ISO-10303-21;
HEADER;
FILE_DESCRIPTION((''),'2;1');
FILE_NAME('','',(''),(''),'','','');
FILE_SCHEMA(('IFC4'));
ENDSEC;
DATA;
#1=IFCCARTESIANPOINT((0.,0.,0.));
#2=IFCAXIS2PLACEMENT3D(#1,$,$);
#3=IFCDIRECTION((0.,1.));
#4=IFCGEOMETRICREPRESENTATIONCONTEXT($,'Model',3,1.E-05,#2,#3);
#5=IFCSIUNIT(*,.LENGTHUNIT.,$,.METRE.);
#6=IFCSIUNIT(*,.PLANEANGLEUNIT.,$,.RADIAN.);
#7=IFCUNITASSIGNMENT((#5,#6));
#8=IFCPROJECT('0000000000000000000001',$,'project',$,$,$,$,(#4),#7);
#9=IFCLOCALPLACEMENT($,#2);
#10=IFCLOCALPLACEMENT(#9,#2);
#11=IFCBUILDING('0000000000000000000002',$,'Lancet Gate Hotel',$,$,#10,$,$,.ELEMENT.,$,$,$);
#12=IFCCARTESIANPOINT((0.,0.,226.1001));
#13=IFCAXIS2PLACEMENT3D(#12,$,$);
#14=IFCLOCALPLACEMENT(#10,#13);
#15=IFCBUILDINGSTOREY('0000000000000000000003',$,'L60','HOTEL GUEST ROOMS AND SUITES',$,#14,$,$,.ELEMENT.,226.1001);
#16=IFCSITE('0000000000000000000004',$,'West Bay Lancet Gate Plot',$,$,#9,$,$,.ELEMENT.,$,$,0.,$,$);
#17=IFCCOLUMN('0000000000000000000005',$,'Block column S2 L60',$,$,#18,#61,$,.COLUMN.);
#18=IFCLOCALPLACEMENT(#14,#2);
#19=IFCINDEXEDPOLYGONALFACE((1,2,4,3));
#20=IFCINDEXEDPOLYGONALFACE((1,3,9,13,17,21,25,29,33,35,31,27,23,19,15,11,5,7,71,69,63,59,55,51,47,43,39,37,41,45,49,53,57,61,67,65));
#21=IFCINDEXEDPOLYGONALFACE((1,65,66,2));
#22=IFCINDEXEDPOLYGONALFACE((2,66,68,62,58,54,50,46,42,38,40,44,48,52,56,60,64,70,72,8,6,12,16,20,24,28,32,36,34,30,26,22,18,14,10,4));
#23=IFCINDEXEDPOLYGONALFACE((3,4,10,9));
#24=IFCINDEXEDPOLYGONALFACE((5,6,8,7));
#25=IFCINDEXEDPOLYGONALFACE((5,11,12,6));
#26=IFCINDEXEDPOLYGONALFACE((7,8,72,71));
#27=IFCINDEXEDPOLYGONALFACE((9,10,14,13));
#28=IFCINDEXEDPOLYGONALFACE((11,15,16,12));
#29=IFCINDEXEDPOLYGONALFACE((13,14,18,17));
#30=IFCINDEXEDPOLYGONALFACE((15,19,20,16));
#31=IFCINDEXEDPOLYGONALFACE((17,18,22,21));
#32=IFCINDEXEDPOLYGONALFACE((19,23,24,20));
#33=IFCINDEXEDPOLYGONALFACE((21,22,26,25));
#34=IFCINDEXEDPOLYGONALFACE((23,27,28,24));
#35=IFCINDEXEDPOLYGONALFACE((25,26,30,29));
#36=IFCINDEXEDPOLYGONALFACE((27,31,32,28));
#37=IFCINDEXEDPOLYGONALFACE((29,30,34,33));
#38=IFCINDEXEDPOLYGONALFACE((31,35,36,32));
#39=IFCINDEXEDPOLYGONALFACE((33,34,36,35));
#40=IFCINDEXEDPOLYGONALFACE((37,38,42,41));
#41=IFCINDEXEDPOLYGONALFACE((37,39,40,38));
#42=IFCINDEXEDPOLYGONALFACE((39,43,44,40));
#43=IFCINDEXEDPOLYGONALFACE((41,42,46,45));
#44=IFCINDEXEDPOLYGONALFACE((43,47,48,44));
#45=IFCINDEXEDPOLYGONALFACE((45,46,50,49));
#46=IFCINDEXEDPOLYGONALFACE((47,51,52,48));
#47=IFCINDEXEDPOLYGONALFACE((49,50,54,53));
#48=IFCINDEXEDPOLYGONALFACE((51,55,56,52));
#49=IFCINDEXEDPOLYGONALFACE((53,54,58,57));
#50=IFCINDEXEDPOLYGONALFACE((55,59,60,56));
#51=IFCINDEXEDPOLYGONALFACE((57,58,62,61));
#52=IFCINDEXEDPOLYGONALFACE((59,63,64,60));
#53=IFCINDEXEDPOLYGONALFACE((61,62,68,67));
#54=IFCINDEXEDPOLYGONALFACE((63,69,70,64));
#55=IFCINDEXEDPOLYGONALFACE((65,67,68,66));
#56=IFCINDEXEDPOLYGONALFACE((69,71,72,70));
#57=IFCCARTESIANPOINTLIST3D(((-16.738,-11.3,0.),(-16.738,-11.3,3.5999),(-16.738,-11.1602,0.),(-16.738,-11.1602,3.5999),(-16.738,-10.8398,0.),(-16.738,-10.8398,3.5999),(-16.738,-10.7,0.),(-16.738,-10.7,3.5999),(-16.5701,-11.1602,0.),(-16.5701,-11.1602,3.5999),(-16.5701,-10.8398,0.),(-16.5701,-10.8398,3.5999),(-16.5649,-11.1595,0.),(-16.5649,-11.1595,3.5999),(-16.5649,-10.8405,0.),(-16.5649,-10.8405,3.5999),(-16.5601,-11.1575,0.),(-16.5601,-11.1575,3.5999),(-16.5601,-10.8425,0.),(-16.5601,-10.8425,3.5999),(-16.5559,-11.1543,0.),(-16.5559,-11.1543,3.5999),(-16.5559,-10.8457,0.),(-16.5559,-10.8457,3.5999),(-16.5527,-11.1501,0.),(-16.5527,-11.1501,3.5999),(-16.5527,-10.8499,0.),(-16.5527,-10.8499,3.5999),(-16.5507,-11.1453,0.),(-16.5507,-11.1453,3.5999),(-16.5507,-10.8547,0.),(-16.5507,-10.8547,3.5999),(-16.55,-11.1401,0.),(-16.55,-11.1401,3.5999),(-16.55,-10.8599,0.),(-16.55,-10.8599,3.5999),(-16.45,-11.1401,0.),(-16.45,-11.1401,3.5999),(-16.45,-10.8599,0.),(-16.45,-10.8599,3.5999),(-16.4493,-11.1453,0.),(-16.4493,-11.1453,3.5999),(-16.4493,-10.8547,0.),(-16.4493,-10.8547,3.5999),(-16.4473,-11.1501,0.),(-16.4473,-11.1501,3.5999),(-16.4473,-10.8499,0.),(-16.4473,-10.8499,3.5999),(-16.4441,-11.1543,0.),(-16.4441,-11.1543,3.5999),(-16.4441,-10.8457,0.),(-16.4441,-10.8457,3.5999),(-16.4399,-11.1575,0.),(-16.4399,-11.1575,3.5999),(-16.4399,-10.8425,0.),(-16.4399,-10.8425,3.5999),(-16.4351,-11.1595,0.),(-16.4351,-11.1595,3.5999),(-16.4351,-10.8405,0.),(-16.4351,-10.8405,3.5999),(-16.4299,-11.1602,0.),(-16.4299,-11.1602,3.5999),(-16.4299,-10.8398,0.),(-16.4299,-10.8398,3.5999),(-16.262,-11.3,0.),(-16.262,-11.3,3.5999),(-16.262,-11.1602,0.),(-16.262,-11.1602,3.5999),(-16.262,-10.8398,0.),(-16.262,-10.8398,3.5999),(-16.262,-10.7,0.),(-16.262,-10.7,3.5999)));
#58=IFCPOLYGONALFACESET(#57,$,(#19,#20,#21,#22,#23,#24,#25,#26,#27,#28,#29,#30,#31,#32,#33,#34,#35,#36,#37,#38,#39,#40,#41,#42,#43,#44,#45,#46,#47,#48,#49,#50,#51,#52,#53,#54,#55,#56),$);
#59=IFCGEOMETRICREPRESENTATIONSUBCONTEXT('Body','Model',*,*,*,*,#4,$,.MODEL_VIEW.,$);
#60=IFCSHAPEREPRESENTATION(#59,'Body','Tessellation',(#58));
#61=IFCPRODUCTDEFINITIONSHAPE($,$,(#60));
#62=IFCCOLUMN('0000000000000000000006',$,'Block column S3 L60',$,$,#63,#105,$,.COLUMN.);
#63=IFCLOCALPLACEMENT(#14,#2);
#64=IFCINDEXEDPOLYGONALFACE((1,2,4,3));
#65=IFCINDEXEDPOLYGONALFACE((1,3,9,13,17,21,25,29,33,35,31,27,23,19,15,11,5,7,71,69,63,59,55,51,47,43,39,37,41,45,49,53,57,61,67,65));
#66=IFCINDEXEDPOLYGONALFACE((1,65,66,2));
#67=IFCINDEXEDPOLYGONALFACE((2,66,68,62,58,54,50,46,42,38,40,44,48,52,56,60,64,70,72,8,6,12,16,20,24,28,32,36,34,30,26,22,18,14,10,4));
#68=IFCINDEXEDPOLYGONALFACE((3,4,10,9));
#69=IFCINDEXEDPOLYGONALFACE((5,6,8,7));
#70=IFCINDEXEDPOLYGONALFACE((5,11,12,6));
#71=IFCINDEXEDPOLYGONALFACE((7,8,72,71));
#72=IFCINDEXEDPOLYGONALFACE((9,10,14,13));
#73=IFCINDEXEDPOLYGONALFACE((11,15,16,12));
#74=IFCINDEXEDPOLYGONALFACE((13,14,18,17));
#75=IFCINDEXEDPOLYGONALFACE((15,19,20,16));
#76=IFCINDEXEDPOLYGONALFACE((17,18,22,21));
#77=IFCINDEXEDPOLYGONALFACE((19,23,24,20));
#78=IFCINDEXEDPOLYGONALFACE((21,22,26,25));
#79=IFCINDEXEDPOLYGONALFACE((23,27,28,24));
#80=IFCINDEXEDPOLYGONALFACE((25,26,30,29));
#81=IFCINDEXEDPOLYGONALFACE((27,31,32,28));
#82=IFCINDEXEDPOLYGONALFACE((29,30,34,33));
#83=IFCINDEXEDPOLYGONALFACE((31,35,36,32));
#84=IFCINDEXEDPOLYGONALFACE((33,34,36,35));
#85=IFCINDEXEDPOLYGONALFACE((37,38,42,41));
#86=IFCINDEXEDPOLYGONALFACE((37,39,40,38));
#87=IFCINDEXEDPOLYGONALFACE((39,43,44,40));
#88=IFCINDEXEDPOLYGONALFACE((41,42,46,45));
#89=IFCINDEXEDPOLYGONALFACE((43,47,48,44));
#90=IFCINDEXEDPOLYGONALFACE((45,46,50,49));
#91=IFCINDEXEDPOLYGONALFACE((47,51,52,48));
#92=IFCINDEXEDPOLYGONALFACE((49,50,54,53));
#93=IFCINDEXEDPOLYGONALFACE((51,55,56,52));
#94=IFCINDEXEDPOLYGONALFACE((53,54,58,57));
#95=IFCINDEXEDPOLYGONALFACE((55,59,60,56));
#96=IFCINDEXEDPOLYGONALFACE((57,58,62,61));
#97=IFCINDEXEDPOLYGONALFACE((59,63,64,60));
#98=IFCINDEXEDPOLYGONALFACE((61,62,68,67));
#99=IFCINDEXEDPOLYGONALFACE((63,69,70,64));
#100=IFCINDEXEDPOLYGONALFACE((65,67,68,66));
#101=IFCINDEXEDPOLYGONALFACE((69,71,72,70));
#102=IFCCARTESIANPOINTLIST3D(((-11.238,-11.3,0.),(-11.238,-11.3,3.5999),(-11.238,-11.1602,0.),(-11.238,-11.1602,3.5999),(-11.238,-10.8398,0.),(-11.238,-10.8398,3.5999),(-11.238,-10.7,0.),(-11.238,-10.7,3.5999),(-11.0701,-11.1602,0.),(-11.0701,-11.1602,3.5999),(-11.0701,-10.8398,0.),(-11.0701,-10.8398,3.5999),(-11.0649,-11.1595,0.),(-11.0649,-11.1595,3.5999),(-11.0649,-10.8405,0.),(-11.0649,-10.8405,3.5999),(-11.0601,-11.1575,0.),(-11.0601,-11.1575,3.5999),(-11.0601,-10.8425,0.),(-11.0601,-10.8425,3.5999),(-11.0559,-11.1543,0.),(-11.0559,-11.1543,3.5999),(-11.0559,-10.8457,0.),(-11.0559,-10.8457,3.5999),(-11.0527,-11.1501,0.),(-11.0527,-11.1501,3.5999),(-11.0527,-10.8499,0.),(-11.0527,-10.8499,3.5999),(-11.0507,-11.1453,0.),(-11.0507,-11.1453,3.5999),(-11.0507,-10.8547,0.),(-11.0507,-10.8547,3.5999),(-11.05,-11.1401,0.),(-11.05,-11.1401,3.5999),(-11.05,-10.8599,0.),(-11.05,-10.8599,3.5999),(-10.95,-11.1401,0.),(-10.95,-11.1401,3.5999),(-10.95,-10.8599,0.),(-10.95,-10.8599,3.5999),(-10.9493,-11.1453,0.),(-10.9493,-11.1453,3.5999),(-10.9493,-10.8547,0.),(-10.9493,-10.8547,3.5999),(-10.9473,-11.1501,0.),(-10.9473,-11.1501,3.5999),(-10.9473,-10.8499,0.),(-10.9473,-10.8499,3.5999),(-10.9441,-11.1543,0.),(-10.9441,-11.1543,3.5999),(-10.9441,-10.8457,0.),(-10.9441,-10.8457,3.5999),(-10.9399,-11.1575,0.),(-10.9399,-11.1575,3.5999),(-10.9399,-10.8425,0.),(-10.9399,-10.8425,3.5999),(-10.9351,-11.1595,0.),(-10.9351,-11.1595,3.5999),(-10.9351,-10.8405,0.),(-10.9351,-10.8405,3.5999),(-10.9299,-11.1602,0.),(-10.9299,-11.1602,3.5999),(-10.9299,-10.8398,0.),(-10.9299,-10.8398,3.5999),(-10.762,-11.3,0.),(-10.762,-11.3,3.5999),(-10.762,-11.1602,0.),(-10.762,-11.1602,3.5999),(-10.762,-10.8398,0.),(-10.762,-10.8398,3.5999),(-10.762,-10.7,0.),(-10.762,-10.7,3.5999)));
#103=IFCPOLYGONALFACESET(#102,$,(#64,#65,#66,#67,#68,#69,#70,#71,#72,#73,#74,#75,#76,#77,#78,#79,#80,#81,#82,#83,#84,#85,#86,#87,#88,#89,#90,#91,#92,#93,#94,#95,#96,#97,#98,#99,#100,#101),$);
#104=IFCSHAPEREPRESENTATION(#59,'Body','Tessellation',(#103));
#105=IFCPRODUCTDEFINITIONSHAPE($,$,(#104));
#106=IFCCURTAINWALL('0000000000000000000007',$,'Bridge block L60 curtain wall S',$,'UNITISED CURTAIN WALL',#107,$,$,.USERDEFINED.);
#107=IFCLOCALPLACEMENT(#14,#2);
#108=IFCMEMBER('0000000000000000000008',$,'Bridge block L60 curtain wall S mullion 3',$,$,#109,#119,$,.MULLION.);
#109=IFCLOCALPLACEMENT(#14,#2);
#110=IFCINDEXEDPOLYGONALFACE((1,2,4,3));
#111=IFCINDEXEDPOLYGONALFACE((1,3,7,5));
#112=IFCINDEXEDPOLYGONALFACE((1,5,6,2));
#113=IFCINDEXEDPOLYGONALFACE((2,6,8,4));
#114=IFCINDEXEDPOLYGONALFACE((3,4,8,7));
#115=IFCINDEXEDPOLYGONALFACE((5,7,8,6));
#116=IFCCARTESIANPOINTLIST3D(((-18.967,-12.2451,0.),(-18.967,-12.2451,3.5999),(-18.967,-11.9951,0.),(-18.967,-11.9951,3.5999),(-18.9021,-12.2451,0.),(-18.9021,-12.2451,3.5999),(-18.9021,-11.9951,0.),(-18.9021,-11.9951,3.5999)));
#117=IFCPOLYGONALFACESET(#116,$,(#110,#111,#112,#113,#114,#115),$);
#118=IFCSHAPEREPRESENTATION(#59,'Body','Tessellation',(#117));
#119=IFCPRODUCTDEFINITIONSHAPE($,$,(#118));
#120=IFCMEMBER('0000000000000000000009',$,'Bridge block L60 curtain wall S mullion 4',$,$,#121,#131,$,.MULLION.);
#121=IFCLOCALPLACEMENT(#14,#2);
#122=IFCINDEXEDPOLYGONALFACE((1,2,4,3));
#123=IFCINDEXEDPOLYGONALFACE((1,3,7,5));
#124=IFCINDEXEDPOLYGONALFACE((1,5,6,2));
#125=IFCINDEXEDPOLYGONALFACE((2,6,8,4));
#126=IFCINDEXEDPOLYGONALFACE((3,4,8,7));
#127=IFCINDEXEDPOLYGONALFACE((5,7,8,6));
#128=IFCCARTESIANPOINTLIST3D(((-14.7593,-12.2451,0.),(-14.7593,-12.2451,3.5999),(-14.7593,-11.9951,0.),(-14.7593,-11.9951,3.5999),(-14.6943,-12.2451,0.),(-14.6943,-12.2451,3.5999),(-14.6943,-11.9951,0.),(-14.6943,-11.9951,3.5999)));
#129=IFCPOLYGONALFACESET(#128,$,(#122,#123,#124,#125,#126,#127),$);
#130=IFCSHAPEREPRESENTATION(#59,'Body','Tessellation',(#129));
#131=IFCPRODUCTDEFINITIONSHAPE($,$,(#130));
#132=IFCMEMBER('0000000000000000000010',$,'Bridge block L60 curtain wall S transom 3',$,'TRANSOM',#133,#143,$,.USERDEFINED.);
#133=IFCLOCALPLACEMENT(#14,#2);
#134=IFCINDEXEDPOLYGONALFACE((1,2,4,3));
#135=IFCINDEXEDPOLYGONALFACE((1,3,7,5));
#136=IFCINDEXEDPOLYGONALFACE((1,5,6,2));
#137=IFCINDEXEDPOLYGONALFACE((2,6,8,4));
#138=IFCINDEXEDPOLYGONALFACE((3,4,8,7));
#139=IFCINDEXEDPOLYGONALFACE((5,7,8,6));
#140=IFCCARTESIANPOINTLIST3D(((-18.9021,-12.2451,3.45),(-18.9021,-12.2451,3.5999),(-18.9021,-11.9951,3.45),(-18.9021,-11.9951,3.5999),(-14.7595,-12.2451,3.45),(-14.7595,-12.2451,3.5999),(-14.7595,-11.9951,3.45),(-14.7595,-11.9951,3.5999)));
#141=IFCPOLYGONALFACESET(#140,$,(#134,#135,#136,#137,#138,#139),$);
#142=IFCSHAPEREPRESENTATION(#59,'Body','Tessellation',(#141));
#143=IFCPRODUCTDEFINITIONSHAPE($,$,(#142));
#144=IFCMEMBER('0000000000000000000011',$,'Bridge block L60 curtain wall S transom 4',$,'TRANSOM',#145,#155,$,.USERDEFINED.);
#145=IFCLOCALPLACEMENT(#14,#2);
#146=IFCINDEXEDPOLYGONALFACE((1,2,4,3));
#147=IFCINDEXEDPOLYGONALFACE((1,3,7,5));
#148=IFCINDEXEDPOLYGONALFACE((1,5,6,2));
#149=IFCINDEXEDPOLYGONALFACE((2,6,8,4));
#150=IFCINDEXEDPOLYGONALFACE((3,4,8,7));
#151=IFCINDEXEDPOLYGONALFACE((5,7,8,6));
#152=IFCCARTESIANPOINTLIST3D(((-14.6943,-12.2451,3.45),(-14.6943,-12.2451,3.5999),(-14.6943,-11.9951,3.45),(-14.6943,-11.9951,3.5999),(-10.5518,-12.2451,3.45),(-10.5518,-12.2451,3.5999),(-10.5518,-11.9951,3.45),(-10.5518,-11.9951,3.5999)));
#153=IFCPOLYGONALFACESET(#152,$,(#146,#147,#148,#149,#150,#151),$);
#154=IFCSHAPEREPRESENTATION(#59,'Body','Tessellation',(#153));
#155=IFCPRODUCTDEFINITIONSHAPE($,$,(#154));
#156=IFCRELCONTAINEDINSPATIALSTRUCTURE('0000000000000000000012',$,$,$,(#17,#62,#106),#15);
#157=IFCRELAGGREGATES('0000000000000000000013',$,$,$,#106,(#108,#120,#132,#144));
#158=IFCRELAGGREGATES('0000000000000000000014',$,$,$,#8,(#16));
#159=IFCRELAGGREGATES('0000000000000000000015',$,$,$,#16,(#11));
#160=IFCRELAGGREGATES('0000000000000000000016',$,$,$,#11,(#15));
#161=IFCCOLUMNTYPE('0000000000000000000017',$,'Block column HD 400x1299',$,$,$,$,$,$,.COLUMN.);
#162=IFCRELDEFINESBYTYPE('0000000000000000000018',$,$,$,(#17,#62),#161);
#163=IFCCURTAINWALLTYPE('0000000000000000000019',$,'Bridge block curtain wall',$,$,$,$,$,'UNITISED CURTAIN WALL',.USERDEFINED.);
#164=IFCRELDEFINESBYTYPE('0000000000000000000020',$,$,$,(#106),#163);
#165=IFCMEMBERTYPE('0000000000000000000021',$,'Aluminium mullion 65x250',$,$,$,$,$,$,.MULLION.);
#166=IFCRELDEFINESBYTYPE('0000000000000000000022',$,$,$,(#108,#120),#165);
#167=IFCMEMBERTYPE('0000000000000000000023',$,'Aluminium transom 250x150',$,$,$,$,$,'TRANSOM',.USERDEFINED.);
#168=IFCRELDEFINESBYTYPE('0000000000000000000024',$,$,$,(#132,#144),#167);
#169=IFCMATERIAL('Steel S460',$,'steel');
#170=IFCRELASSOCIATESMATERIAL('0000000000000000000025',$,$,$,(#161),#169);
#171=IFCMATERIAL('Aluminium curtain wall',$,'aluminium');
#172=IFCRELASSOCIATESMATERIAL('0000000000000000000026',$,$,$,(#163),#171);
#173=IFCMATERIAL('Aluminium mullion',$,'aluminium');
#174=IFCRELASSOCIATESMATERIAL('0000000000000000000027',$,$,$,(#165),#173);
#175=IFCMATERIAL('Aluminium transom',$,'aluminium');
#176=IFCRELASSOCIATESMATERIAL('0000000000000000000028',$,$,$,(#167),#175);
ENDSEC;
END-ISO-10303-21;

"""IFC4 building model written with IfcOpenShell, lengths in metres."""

from ifc_helpers import new_model, si_unit, direction, frame, origin, origin_2d, place, context, subcontext, project, spatial, rectangle, i_section, extrude, material, material_profile, profile_set, type_object, element, aggregate, save


model = new_model("IFC4")

# Units and contexts
model_context = context("Model", 3, precision=1e-05, world=origin(), true_north=direction((0.0, 1.0)))
body_context = subcontext(model_context, "Body", "Model", "MODEL_VIEW")
ifc_project = project(units=[si_unit("LENGTHUNIT", "METRE"), si_unit("PLANEANGLEUNIT", "RADIAN")], contexts=[model_context])

# Site, building, storey
site_placement = place(None, origin())
site = spatial("IfcSite", under=ifc_project, at=site_placement, Name="West Bay Lancet Gate Plot", CompositionType="ELEMENT", RefElevation=0.0)
building_placement = place(site_placement, origin())
building = spatial("IfcBuilding", under=site, at=building_placement, Name="Lancet Gate Hotel", CompositionType="ELEMENT")
storey_placement = place(building_placement, frame((0.0, 0.0, 226.1001)))
storey = spatial("IfcBuildingStorey", under=building, at=storey_placement, Name="L60", Description="HOTEL GUEST ROOMS AND SUITES", CompositionType="ELEMENT", Elevation=226.1001)

# Columns
ifc_material_1 = material(Name="Steel S460", Category="steel")
ifc_material_profile_1 = material_profile(ifc_material_1, i_section(OverallWidth=0.4761, OverallDepth=0.6001, WebThickness=0.1001, FlangeThickness=0.1399, FilletRadius=0.02, at=origin_2d()), Name="HD 400x1299")
ifc_profile_set_1 = profile_set([ifc_material_profile_1], Name="Steel S460")
column_type = type_object("IfcColumnType", Name="Block column HD 400x1299", PredefinedType="COLUMN", material=ifc_profile_set_1)
for number, where, z_axis, x_axis, name in (
    (1, (-16.5, -11.0, 0.0), (0.0, 0.0, 1.0), (1.0, 0.0, 0.0), "Block column S2 L60"),
    (2, (-11.0, -11.0, 0.0), (0.0, 0.0, 1.0), (1.0, 0.0, 0.0), "Block column S3 L60"),
):
    element("IfcColumn", number, at=place(storey_placement, frame(where, z_axis=z_axis, x_axis=x_axis)), inside=storey, type_object=column_type, Name=name, PredefinedType="COLUMN", context=body_context, shape_type="SweptSolid", body=[
        extrude(i_section(OverallWidth=0.4761, OverallDepth=0.6001, WebThickness=0.1001, FlangeThickness=0.1399, FilletRadius=0.02, at=origin_2d()), origin(), (0.0, 0.0, 1.0), 3.5999),
    ])

# Curtain wall, members
ifc_material_2 = material(Name="Aluminium curtain wall", Category="aluminium")
curtain_wall_type = type_object("IfcCurtainWallType", Name="Bridge block curtain wall", ElementType="UNITISED CURTAIN WALL", PredefinedType="USERDEFINED", material=ifc_material_2)
curtain_wall_placement = place(storey_placement, origin())
curtain_wall = element("IfcCurtainWall", 3, at=curtain_wall_placement, inside=storey, type_object=curtain_wall_type, Name="Bridge block L60 curtain wall S", ObjectType="UNITISED CURTAIN WALL", PredefinedType="USERDEFINED")
ifc_material_3 = material(Name="Aluminium mullion", Category="aluminium")
ifc_material_profile_2 = material_profile(ifc_material_3, rectangle(XDim=0.0649, YDim=0.25, at=origin_2d()), Name="MULLION 65x250")
ifc_profile_set_2 = profile_set([ifc_material_profile_2], Name="Aluminium mullion")
member_type_1 = type_object("IfcMemberType", Name="Aluminium mullion 65x250", PredefinedType="MULLION", material=ifc_profile_set_2)
member_1_placement = place(storey_placement, frame((-18.9346, -12.1201, 0.0), z_axis=(0.0, 0.0, 1.0), x_axis=(1.0, 0.0, 0.0)))
member_1 = element("IfcMember", 4, at=member_1_placement, type_object=member_type_1, Name="Bridge block L60 curtain wall S mullion 3", PredefinedType="MULLION", context=body_context, shape_type="SweptSolid", body=[
    extrude(rectangle(XDim=0.0649, YDim=0.25, at=origin_2d()), origin(), (0.0, 0.0, 1.0), 3.5999),
])
member_2_placement = place(storey_placement, frame((-14.7268, -12.1201, 0.0), z_axis=(0.0, 0.0, 1.0), x_axis=(1.0, 0.0, 0.0)))
member_2 = element("IfcMember", 5, at=member_2_placement, type_object=member_type_1, Name="Bridge block L60 curtain wall S mullion 4", PredefinedType="MULLION", context=body_context, shape_type="SweptSolid", body=[
    extrude(rectangle(XDim=0.0649, YDim=0.25, at=origin_2d()), origin(), (0.0, 0.0, 1.0), 3.5999),
])
ifc_material_4 = material(Name="Aluminium transom", Category="aluminium")
ifc_material_profile_3 = material_profile(ifc_material_4, rectangle(XDim=0.25, YDim=0.1499, at=origin_2d()), Name="TRANSOM 250x150")
ifc_profile_set_3 = profile_set([ifc_material_profile_3], Name="Aluminium transom")
member_type_2 = type_object("IfcMemberType", Name="Aluminium transom 250x150", ElementType="TRANSOM", PredefinedType="USERDEFINED", material=ifc_profile_set_3)
member_3_placement = place(storey_placement, frame((-18.9021, -12.1201, 3.5249), z_axis=(1.0, 0.0, 0.0), x_axis=(0.0, 1.0, 0.0)))
member_3 = element("IfcMember", 6, at=member_3_placement, type_object=member_type_2, Name="Bridge block L60 curtain wall S transom 3", ObjectType="TRANSOM", PredefinedType="USERDEFINED", context=body_context, shape_type="SweptSolid", body=[
    extrude(rectangle(XDim=0.25, YDim=0.1499, at=origin_2d()), origin(), (0.0, 0.0, 1.0), 4.1426),
])
member_4_placement = place(storey_placement, frame((-14.6943, -12.1201, 3.5249), z_axis=(1.0, 0.0, 0.0), x_axis=(0.0, 1.0, 0.0)))
member_4 = element("IfcMember", 7, at=member_4_placement, type_object=member_type_2, Name="Bridge block L60 curtain wall S transom 4", ObjectType="TRANSOM", PredefinedType="USERDEFINED", context=body_context, shape_type="SweptSolid", body=[
    extrude(rectangle(XDim=0.25, YDim=0.1499, at=origin_2d()), origin(), (0.0, 0.0, 1.0), 4.1426),
])

aggregate(curtain_wall, [member_1, member_2, member_3, member_4])

save(model, "model.ifc")
